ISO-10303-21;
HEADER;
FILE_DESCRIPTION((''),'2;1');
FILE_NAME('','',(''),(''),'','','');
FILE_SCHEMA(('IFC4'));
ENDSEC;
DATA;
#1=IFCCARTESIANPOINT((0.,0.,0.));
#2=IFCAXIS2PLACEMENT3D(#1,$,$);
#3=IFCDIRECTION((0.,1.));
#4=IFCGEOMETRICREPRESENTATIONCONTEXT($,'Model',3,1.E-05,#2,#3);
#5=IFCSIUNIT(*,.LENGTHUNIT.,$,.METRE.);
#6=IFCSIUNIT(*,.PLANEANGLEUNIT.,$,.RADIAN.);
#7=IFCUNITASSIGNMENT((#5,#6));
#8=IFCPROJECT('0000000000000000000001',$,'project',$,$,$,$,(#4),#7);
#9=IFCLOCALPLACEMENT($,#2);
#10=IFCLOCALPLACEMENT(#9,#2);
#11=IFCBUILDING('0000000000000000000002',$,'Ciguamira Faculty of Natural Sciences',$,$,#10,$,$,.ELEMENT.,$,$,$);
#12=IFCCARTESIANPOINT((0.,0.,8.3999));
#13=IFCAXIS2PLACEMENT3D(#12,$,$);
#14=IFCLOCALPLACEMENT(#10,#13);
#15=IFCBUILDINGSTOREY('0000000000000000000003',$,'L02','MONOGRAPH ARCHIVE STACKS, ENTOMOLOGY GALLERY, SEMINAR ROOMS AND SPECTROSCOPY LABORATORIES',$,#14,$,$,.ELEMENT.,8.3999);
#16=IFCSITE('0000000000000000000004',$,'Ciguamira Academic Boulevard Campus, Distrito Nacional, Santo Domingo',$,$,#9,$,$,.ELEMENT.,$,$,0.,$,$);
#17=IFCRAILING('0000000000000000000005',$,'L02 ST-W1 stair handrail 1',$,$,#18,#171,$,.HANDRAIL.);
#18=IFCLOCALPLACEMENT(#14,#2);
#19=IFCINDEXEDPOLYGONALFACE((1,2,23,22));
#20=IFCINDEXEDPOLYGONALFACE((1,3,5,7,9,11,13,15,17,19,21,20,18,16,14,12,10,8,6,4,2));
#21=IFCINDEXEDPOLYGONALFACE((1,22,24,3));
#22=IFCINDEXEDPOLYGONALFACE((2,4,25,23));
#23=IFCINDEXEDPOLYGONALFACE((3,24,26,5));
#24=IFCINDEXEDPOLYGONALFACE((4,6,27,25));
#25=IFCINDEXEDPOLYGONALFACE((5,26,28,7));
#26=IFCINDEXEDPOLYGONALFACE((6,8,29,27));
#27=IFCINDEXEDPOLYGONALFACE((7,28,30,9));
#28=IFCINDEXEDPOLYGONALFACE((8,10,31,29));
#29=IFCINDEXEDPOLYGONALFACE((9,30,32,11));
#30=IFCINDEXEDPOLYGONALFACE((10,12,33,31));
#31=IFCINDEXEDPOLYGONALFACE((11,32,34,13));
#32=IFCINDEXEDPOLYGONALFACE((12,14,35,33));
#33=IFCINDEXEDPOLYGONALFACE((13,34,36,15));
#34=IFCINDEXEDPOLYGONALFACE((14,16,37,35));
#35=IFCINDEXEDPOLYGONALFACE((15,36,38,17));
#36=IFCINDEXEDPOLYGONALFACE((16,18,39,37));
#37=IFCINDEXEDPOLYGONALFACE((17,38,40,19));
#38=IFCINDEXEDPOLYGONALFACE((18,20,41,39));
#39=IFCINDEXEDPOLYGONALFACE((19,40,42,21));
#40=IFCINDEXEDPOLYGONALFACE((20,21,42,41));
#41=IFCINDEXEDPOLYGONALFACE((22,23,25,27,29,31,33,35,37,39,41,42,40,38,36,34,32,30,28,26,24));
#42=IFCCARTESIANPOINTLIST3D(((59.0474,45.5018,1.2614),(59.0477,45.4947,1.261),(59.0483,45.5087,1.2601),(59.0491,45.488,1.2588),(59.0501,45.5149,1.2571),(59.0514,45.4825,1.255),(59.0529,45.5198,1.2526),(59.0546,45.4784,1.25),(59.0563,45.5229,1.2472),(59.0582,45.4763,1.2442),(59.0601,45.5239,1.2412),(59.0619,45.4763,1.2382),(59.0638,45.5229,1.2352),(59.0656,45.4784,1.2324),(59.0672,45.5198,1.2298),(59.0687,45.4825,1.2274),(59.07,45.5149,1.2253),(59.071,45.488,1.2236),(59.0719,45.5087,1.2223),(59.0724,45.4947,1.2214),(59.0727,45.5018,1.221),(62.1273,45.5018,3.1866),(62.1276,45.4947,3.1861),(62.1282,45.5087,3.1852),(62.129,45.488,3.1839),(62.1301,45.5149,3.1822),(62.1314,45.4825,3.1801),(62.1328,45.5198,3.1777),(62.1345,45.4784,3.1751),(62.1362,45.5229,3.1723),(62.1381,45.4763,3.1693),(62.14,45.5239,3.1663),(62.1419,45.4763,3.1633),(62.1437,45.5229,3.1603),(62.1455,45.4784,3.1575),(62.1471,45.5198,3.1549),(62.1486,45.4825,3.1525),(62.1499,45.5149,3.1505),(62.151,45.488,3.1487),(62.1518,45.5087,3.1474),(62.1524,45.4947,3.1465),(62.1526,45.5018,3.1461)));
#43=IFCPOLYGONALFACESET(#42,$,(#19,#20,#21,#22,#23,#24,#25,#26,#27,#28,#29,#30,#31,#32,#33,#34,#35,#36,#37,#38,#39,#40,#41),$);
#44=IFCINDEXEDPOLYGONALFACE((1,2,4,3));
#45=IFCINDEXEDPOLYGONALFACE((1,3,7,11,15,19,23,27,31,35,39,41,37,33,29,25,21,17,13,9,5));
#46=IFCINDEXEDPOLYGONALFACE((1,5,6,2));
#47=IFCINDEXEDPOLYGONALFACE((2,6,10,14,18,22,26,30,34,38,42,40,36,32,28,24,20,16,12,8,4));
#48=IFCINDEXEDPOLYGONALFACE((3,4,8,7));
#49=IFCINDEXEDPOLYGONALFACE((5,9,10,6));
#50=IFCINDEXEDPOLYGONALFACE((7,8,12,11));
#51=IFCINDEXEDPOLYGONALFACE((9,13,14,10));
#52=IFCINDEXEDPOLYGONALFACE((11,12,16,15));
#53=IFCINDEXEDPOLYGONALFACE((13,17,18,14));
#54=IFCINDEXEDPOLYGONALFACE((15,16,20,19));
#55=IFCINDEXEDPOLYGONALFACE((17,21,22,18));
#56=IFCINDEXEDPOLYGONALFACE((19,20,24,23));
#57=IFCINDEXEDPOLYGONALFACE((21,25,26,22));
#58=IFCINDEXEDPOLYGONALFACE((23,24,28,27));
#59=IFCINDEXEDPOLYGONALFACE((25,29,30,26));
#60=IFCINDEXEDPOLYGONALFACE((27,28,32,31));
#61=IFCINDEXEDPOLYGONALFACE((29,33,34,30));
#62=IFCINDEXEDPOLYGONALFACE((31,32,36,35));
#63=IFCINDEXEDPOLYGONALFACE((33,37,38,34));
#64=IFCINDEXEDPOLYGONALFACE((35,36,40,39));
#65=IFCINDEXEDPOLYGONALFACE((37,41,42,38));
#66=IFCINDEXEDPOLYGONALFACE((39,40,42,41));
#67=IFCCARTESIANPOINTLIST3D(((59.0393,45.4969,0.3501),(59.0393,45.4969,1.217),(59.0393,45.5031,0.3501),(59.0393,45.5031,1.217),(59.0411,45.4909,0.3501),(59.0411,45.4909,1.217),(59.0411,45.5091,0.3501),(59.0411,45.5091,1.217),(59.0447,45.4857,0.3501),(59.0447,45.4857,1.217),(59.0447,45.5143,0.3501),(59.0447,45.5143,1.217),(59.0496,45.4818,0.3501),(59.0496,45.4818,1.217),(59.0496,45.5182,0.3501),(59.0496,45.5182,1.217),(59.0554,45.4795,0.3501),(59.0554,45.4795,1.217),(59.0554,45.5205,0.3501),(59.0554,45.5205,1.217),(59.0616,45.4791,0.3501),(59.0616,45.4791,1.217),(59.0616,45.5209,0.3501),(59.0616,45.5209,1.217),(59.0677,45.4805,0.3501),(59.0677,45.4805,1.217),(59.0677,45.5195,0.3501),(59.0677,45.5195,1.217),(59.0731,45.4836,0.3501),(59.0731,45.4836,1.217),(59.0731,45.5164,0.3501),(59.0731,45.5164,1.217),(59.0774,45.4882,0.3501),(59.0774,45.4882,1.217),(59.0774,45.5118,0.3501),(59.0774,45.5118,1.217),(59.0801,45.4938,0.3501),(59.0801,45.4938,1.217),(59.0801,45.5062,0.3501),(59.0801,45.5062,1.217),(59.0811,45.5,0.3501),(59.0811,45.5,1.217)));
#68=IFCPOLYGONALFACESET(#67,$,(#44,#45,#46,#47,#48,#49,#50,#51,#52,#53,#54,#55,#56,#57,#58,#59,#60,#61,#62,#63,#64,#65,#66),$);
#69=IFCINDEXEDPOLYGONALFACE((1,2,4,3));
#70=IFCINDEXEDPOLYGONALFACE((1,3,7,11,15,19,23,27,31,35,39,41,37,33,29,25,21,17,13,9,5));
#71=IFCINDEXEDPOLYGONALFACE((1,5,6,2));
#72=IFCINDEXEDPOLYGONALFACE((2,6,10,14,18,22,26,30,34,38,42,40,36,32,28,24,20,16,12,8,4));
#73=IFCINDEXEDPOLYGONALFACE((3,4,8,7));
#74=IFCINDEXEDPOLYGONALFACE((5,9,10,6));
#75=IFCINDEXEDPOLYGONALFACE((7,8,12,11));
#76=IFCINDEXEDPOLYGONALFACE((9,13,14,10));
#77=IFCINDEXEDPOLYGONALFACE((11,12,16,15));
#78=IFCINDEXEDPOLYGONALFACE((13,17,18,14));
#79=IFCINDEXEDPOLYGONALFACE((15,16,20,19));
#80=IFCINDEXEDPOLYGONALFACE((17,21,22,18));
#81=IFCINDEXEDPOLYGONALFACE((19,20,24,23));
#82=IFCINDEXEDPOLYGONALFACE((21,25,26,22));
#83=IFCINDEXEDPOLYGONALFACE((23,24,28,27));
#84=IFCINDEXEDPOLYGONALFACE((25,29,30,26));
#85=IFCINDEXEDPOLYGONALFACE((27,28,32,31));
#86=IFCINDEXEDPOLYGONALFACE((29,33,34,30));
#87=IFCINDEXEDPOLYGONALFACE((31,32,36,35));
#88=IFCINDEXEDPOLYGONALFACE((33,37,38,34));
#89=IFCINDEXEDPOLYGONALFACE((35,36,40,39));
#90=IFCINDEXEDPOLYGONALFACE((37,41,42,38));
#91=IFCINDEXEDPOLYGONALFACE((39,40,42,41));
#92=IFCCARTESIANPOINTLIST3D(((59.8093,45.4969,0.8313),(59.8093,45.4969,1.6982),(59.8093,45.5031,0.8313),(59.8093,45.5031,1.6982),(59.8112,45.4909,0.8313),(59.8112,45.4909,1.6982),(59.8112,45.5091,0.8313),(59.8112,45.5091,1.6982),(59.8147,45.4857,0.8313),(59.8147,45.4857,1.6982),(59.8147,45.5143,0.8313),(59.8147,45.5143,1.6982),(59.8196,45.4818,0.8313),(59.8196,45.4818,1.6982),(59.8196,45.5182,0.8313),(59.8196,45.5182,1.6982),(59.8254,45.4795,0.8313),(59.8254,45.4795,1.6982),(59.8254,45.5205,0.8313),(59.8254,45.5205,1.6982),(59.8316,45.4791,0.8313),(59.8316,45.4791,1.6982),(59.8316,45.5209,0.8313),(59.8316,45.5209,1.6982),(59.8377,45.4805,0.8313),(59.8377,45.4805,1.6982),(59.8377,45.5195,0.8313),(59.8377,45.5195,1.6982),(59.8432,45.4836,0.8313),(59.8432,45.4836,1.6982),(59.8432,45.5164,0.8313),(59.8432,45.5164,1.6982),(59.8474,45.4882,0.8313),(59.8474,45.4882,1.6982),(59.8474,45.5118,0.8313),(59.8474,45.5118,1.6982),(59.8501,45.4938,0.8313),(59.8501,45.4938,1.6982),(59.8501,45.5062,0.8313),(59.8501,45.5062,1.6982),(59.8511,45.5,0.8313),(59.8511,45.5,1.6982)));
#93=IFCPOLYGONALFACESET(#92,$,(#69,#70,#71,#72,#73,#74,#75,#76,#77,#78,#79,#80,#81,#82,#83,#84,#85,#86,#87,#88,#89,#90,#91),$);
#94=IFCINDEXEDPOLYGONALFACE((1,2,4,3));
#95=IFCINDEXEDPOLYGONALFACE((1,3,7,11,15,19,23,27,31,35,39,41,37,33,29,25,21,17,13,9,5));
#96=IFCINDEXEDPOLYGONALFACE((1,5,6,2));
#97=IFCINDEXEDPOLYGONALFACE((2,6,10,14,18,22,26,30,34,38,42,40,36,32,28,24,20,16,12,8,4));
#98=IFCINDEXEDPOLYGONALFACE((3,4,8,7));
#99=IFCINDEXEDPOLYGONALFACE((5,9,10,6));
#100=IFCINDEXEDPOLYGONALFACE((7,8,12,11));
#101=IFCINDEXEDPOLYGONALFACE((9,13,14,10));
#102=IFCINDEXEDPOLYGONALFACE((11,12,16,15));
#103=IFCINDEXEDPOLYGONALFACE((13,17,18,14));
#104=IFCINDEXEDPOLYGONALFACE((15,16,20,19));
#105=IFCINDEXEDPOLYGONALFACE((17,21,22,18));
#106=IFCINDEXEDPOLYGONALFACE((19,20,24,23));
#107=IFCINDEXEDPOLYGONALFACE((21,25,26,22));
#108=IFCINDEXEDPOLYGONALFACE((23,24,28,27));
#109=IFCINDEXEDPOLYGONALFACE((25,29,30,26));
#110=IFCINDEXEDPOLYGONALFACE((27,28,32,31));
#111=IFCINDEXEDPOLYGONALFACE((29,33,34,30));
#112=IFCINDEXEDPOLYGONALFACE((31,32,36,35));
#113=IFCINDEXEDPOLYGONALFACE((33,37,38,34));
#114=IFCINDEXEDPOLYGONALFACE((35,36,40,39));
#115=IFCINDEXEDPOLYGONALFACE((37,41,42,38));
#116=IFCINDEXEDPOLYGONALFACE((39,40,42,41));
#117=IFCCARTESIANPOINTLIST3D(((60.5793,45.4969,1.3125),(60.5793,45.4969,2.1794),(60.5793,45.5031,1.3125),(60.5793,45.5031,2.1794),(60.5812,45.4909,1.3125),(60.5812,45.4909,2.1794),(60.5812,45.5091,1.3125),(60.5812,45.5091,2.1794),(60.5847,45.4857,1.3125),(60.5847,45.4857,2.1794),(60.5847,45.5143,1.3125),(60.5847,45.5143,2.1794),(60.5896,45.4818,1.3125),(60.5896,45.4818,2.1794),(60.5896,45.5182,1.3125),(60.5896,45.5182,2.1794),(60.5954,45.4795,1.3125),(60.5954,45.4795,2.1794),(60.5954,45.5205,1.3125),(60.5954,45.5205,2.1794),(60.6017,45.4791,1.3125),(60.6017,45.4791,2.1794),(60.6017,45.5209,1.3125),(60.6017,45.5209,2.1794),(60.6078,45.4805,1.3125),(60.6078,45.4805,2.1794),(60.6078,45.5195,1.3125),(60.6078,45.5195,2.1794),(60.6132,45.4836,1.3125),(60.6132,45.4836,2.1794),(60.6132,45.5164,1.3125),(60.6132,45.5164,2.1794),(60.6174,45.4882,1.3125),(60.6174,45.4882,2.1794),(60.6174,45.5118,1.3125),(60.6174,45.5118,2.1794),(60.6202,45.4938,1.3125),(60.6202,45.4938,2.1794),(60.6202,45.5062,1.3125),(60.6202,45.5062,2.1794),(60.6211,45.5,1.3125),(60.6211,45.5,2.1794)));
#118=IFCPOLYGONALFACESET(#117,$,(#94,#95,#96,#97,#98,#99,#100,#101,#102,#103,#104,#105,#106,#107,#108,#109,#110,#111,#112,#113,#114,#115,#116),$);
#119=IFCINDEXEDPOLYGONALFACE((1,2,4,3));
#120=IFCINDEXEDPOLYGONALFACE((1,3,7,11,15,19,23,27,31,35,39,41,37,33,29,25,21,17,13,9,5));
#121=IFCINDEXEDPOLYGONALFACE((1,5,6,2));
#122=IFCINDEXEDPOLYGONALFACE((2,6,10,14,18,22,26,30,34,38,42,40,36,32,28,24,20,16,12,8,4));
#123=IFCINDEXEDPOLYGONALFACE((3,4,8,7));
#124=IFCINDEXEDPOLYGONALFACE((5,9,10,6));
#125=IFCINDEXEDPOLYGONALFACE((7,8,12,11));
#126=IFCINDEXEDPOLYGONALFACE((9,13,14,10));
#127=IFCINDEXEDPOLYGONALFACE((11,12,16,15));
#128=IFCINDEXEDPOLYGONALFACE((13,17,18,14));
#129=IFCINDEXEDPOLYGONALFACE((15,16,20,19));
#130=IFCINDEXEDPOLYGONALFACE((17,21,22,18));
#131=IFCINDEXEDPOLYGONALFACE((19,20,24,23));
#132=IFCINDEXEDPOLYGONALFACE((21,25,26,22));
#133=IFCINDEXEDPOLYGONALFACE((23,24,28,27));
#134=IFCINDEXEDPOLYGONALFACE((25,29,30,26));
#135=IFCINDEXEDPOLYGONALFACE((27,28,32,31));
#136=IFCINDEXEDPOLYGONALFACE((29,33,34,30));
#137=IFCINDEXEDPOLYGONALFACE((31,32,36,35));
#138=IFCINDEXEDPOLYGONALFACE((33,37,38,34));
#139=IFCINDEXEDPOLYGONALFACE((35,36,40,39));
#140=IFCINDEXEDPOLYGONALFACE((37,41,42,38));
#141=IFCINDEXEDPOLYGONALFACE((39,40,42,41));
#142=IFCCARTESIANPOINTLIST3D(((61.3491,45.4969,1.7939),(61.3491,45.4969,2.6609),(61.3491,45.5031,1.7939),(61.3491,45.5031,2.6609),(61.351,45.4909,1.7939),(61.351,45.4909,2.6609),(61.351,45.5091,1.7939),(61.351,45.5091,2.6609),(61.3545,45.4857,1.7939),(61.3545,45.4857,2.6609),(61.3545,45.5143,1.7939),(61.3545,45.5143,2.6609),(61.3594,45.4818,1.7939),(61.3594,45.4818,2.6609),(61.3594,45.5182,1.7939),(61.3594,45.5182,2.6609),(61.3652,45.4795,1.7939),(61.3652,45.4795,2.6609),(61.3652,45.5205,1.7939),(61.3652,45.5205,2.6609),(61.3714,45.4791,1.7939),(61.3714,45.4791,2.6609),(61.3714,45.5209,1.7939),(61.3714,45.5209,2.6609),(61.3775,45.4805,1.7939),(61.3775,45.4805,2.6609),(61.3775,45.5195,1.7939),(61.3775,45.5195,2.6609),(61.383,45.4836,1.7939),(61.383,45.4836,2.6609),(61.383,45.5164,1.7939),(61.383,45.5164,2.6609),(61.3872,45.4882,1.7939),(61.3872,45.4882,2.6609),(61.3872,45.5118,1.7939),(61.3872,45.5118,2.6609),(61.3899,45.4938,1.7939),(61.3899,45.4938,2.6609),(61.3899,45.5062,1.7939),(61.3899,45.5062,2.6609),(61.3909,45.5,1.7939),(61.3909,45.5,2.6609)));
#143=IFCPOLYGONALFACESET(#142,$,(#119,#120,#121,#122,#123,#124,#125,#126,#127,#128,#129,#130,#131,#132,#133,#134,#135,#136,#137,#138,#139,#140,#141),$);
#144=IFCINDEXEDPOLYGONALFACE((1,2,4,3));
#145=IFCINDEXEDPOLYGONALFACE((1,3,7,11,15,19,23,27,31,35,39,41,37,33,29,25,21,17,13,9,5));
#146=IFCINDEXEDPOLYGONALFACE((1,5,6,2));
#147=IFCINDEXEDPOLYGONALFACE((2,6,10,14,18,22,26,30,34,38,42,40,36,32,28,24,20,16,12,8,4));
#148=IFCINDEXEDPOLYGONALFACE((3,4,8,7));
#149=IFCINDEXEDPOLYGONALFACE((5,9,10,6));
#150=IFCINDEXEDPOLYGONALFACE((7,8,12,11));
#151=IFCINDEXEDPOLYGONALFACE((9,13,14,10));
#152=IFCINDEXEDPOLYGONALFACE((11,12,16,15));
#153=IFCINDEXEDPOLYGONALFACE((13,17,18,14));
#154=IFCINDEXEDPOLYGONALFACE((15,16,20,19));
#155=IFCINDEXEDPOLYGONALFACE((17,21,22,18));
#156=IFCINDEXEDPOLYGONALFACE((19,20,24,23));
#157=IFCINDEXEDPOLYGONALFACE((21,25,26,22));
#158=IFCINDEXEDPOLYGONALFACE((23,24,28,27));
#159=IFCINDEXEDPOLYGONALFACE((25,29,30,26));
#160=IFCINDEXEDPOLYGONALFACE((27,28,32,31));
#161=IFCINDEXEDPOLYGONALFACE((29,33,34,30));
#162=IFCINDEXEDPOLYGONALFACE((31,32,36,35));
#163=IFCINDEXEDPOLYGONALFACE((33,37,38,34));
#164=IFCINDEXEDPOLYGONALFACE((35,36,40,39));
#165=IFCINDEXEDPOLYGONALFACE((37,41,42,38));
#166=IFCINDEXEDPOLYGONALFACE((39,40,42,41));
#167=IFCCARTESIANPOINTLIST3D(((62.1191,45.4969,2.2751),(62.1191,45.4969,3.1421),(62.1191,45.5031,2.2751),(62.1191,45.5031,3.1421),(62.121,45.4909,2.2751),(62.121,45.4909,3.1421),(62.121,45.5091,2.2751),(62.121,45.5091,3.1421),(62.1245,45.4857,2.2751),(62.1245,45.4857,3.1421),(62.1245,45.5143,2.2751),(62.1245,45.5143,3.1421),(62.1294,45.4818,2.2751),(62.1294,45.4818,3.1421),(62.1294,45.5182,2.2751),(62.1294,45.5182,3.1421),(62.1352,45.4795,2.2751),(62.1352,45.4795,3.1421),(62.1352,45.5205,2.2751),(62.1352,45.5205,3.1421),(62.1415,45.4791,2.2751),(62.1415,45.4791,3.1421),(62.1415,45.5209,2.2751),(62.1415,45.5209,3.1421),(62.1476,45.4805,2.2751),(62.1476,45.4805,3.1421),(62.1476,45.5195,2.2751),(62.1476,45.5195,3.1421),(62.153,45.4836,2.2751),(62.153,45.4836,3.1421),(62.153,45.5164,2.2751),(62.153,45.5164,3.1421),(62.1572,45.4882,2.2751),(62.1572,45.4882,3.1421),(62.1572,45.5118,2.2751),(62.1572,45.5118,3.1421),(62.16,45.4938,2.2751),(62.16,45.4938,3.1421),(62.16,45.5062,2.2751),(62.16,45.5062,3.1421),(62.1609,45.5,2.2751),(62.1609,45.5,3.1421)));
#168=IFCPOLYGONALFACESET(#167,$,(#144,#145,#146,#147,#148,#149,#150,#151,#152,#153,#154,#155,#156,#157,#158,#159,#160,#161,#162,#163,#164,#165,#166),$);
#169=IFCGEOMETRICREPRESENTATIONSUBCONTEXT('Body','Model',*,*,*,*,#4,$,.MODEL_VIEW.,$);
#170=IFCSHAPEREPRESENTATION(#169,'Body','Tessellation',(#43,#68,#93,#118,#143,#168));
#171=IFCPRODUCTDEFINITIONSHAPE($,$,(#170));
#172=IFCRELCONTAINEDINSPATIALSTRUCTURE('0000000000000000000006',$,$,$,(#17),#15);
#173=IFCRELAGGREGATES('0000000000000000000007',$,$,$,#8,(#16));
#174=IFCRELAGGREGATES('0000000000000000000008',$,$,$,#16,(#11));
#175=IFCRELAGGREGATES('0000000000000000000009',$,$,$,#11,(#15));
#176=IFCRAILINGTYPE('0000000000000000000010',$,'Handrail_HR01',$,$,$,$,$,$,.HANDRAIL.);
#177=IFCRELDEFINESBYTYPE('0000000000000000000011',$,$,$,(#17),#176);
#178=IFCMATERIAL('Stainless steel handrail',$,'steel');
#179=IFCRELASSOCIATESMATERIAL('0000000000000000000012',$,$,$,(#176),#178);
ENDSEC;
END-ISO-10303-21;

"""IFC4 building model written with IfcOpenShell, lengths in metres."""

from ifc_helpers import new_model, si_unit, direction, frame, origin, origin_2d, place, context, subcontext, project, spatial, circle, extrude, material, type_object, element, save


model = new_model("IFC4")

# Units and contexts
model_context = context("Model", 3, precision=1e-05, world=origin(), true_north=direction((0.0, 1.0)))
body_context = subcontext(model_context, "Body", "Model", "MODEL_VIEW")
ifc_project = project(units=[si_unit("LENGTHUNIT", "METRE"), si_unit("PLANEANGLEUNIT", "RADIAN")], contexts=[model_context])

# Site, building, storey
site_placement = place(None, origin())
site = spatial("IfcSite", under=ifc_project, at=site_placement, Name="Ciguamira Academic Boulevard Campus, Distrito Nacional, Santo Domingo", CompositionType="ELEMENT", RefElevation=0.0)
building_placement = place(site_placement, origin())
building = spatial("IfcBuilding", under=site, at=building_placement, Name="Ciguamira Faculty of Natural Sciences", CompositionType="ELEMENT")
storey_placement = place(building_placement, frame((0.0, 0.0, 8.3999)))
storey = spatial("IfcBuildingStorey", under=building, at=storey_placement, Name="L02", Description="MONOGRAPH ARCHIVE STACKS, ENTOMOLOGY GALLERY, SEMINAR ROOMS AND SPECTROSCOPY LABORATORIES", CompositionType="ELEMENT", Elevation=8.3999)

# Railing
ifc_material_1 = material(Name="Stainless steel handrail", Category="steel")
railing_type_1 = type_object("IfcRailingType", Name="Handrail_HR01", PredefinedType="HANDRAIL", material=ifc_material_1)
railing_1_placement = place(storey_placement, frame((59.0601, 45.5, 0.3501)))
element("IfcRailing", 1, at=railing_1_placement, inside=storey, type_object=railing_type_1, Name="L02 ST-W1 stair handrail 1", PredefinedType="HANDRAIL", context=body_context, shape_type="SweptSolid", body=[
    extrude(circle(Radius=0.0239, at=origin_2d()), frame((0.0, 0.0, 0.8911), z_axis=(0.847979, 0.0, 0.530029), x_axis=(0.0, 1.0, 0.0)), (0.0, 0.0, 1.0), 3.6321),
    extrude(circle(Radius=0.021, at=origin_2d()), origin(), (0.0, 0.0, 1.0), 0.8669),
    extrude(circle(Radius=0.021, at=origin_2d()), frame((0.77, 0.0, 0.4812)), (0.0, 0.0, 1.0), 0.8669),
    extrude(circle(Radius=0.021, at=origin_2d()), frame((1.54, 0.0, 0.9624)), (0.0, 0.0, 1.0), 0.8669),
    extrude(circle(Radius=0.021, at=origin_2d()), frame((2.3098, 0.0, 1.4438)), (0.0, 0.0, 1.0), 0.8669),
    extrude(circle(Radius=0.021, at=origin_2d()), frame((3.0798, 0.0, 1.925)), (0.0, 0.0, 1.0), 0.8669),
])

save(model, "model.ifc")
